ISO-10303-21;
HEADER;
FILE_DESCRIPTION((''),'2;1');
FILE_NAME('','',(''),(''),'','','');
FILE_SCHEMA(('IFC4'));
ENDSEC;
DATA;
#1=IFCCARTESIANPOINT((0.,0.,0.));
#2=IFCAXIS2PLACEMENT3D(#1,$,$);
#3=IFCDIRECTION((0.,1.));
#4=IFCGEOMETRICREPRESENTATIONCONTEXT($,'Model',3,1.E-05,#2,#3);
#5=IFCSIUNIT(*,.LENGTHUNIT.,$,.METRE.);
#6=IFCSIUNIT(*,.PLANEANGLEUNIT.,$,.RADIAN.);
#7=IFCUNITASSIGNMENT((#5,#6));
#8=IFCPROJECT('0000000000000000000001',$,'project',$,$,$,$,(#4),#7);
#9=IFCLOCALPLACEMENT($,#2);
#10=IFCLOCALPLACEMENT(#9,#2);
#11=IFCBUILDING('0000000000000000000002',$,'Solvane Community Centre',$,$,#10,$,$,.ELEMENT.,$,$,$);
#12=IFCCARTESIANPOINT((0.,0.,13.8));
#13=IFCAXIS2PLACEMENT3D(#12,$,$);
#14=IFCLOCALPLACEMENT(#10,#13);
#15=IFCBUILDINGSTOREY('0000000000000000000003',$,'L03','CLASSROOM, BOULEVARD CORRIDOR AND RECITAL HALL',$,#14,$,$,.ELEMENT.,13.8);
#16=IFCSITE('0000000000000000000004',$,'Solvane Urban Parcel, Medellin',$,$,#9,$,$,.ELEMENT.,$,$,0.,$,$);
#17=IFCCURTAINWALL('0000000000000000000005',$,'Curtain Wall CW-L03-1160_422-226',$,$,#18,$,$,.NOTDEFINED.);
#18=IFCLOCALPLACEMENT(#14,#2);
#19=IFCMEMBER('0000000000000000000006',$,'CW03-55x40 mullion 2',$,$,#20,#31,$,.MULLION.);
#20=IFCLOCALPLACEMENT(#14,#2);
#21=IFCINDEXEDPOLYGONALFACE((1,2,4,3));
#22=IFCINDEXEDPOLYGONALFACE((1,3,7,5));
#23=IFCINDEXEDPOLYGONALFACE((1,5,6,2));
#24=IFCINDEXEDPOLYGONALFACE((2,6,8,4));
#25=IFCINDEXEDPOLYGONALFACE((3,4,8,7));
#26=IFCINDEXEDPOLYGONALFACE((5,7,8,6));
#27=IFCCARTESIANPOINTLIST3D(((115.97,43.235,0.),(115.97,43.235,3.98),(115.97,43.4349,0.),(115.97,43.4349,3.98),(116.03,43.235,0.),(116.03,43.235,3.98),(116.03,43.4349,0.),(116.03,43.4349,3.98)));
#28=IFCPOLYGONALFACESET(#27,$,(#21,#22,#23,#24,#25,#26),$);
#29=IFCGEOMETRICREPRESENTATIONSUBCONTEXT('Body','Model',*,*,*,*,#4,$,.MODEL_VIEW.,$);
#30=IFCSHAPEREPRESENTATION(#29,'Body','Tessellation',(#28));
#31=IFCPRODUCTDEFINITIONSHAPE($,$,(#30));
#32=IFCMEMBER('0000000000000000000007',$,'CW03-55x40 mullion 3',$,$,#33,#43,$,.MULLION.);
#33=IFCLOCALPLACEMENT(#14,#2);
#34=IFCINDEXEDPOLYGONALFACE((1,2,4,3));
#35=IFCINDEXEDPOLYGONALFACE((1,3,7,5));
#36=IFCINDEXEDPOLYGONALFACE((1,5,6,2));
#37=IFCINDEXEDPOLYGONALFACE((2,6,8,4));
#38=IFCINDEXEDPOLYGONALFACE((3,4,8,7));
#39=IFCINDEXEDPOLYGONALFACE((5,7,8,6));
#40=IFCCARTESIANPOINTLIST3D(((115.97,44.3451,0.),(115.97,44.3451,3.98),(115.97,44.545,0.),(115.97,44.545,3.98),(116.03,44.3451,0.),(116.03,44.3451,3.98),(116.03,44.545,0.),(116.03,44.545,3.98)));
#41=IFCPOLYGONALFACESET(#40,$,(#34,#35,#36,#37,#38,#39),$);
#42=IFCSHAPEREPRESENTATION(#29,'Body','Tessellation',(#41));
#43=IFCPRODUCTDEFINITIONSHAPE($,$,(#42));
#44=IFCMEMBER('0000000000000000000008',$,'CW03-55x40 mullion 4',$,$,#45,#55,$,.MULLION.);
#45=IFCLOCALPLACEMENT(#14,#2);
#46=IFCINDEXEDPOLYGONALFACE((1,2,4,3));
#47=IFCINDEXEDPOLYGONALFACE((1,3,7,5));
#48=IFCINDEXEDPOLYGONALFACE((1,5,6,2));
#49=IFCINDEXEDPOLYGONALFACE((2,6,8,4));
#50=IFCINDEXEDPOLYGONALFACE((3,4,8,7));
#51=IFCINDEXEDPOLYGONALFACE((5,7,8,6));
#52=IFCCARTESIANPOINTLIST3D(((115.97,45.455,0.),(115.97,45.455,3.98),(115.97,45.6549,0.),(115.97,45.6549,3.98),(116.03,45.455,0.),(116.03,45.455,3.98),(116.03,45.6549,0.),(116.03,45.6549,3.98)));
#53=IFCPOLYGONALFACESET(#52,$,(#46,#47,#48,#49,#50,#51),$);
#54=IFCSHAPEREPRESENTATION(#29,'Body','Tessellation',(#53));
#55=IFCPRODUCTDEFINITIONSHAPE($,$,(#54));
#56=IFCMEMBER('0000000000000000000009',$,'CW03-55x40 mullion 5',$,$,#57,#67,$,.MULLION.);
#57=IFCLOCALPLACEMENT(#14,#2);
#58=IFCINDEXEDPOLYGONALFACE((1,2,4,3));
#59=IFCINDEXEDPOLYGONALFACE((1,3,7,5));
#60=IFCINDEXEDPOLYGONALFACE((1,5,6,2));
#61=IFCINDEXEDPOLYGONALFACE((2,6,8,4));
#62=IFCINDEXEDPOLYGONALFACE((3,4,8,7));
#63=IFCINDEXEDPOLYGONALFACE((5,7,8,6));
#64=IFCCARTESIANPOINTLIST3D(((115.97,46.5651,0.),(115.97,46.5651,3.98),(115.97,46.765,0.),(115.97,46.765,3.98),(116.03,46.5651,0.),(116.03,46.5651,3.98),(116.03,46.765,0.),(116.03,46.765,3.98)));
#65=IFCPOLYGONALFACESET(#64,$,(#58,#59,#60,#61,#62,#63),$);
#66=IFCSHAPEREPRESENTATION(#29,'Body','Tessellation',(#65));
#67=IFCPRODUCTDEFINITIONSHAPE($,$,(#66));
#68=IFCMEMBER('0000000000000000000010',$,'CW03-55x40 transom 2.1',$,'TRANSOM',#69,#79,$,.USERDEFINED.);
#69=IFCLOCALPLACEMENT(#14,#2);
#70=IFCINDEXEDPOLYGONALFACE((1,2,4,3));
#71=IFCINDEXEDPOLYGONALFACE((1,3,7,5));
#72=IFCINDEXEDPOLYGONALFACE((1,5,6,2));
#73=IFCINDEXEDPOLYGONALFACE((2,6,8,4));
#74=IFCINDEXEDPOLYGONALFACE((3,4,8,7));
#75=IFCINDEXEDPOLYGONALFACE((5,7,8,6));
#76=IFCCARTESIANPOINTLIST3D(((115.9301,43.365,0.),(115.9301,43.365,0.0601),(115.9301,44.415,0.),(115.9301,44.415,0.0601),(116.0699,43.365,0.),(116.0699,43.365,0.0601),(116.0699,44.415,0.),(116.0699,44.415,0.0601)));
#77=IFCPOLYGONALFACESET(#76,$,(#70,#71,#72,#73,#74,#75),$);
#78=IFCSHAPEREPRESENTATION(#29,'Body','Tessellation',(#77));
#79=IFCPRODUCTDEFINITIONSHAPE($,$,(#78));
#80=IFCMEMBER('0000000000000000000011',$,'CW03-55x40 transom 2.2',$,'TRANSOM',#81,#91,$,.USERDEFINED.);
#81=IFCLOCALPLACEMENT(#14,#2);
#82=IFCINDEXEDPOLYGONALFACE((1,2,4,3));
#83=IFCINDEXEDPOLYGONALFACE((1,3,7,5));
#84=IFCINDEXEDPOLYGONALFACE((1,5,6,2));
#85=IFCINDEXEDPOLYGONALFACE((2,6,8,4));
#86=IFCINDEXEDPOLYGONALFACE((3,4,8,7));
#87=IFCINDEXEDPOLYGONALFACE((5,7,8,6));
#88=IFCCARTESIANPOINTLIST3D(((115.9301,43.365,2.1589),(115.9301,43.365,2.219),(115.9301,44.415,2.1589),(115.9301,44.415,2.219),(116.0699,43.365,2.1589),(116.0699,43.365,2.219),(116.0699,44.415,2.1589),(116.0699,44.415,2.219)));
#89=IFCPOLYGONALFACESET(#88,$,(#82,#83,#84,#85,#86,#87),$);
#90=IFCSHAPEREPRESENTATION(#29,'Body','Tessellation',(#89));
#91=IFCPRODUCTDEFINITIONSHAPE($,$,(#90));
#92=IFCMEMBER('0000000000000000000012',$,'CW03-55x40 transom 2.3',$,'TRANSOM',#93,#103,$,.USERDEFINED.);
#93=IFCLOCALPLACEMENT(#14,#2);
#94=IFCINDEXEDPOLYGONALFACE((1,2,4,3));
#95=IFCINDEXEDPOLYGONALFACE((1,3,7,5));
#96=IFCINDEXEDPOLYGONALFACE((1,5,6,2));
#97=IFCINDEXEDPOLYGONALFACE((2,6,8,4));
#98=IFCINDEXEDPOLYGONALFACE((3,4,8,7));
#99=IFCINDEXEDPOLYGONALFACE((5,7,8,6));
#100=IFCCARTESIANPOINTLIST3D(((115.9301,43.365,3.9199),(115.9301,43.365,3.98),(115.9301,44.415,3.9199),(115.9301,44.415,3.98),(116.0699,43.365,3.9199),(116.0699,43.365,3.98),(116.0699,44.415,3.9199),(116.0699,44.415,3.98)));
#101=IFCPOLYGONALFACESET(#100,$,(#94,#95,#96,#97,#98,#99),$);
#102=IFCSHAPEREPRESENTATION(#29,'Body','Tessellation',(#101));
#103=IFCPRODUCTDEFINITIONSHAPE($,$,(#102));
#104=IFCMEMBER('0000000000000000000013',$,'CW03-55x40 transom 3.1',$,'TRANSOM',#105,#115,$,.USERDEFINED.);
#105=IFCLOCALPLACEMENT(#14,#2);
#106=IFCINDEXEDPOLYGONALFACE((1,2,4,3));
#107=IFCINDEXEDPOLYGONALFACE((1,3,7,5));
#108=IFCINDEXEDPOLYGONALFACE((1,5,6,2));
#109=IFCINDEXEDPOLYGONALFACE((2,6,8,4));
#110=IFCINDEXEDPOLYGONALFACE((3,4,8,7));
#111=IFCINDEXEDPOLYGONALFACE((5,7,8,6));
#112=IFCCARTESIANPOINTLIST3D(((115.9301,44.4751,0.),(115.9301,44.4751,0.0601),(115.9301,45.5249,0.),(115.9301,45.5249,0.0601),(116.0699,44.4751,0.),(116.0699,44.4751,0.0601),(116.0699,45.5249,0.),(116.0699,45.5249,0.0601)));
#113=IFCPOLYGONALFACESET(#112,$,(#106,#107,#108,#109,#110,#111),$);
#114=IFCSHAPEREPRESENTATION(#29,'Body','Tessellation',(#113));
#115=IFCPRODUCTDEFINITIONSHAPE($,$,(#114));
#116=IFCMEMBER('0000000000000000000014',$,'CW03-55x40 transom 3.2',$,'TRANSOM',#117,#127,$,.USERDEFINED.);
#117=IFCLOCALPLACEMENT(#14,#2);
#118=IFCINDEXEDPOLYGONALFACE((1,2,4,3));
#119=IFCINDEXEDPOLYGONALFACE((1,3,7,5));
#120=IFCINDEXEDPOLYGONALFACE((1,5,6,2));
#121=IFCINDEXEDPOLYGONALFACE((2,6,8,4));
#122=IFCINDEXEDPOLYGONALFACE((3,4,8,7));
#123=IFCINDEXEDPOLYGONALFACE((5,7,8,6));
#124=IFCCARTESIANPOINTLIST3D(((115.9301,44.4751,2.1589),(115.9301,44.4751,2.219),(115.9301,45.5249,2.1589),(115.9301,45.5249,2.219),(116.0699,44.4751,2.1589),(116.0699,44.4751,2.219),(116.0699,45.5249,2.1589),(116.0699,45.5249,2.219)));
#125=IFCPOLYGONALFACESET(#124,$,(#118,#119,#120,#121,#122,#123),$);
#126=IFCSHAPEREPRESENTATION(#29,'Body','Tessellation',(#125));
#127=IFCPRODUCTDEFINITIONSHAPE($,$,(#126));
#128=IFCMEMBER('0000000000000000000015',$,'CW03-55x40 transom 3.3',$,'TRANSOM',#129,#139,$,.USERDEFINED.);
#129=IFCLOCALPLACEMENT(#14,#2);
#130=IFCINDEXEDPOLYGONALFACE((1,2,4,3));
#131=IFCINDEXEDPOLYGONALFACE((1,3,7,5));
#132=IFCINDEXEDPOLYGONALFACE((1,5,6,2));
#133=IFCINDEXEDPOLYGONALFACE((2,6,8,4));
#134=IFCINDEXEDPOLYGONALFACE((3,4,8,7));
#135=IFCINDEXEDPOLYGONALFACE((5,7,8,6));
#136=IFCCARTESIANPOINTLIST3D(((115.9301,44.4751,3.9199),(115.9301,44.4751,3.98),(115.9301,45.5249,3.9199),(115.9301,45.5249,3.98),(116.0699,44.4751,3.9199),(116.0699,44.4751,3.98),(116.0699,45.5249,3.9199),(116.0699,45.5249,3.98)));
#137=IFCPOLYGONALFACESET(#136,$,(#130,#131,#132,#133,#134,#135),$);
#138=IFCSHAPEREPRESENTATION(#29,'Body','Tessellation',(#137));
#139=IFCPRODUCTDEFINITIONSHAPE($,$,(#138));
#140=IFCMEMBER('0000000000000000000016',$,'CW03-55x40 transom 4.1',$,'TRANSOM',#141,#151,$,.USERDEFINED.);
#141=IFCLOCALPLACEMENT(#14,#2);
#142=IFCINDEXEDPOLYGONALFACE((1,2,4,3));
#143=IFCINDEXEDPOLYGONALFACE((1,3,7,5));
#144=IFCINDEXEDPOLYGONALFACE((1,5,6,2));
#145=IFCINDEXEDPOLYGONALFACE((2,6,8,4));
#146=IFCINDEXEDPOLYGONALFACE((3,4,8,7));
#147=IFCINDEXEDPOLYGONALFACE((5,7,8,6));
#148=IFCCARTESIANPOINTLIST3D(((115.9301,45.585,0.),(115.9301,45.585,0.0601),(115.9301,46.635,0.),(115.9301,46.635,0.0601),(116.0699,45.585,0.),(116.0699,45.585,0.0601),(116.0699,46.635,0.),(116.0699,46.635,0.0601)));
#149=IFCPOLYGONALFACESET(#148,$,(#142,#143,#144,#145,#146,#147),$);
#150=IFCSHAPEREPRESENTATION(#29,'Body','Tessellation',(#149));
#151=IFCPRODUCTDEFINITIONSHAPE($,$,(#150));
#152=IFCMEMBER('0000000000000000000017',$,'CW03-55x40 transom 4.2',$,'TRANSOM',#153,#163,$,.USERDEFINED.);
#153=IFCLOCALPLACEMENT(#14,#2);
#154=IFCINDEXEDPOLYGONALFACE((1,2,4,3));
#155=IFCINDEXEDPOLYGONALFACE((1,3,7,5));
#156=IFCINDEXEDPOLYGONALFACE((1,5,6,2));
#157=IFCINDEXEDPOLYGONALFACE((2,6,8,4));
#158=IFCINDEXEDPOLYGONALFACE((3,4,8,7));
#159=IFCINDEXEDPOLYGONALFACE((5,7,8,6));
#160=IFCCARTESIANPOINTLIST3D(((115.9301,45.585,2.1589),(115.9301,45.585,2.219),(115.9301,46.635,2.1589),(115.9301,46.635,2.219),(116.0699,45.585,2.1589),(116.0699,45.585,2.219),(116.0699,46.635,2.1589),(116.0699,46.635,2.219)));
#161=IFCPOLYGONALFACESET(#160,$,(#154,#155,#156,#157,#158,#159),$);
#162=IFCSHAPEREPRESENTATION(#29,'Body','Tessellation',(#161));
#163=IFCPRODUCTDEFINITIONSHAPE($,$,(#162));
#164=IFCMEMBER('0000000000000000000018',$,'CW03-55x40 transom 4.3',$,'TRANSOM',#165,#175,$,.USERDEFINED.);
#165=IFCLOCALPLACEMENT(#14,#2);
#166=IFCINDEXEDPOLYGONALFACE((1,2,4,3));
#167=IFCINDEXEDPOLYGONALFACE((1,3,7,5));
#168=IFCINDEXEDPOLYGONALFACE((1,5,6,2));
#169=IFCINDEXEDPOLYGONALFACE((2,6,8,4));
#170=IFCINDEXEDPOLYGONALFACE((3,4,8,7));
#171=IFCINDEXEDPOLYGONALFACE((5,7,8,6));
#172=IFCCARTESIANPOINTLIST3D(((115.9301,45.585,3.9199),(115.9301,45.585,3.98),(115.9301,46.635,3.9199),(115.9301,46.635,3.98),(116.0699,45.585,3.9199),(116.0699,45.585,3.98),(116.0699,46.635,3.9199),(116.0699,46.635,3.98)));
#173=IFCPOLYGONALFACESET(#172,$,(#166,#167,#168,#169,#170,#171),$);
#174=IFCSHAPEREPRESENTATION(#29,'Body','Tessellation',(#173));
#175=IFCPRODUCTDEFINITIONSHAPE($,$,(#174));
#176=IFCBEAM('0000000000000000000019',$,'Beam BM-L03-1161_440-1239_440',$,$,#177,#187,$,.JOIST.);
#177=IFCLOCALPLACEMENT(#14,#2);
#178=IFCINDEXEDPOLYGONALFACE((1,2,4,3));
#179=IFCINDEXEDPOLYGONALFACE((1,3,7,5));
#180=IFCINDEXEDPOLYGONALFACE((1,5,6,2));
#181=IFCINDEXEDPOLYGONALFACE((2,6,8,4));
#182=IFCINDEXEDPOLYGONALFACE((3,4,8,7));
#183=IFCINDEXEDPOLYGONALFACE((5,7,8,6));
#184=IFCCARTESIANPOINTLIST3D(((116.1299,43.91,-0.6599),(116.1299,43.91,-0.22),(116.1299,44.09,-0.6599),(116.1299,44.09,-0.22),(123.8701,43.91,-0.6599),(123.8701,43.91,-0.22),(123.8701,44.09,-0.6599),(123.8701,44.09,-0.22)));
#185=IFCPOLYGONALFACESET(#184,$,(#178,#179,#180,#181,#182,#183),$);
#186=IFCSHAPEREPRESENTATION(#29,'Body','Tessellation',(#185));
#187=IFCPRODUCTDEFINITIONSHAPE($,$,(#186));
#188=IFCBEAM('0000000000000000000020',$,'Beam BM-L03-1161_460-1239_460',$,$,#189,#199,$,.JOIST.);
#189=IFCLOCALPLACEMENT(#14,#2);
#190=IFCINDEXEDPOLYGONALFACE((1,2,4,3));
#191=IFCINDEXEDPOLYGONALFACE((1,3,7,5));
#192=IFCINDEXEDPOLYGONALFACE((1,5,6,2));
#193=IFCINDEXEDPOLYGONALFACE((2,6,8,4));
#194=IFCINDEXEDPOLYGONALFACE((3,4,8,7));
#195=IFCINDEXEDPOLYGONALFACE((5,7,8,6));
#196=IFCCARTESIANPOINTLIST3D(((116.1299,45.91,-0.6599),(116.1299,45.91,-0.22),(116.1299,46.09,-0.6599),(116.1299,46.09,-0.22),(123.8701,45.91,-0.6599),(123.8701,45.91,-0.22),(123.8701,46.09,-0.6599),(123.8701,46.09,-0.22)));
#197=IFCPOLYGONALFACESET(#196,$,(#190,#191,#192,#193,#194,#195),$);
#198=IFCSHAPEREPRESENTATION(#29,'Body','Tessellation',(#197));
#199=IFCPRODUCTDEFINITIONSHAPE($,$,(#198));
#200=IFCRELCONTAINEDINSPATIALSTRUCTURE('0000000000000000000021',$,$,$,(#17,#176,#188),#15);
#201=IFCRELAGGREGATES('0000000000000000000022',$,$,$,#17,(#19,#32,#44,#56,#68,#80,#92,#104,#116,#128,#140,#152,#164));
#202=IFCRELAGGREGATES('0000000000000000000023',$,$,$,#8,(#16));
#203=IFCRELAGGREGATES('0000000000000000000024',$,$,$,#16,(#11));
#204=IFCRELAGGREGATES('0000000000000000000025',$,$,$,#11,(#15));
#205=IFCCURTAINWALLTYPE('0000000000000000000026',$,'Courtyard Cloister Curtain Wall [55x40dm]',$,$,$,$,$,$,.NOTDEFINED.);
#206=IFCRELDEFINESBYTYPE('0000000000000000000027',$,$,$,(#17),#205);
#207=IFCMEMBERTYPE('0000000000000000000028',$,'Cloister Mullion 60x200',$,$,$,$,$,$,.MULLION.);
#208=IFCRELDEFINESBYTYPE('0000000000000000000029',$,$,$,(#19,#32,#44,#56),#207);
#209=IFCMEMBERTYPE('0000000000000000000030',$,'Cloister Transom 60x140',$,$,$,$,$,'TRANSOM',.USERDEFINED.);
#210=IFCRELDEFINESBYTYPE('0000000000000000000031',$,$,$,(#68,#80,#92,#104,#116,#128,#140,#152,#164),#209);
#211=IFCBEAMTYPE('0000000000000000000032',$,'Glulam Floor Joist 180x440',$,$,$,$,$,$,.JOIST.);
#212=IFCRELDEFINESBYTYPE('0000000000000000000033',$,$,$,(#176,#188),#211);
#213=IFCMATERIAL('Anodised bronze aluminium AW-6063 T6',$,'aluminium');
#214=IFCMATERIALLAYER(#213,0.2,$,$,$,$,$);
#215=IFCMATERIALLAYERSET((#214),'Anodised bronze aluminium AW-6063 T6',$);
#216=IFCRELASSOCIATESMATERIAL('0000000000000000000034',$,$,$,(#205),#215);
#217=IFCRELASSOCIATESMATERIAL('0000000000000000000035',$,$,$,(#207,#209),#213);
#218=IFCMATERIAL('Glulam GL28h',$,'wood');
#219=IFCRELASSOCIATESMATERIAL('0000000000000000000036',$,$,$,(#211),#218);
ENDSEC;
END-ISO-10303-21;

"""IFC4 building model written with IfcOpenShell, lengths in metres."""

from ifc_helpers import new_model, si_unit, direction, frame, origin, origin_2d, place, context, subcontext, project, spatial, rectangle, extrude, material, layer, layer_set, material_profile, profile_set, type_object, element, aggregate, save


model = new_model("IFC4")

# Units and contexts
model_context = context("Model", 3, precision=1e-05, world=origin(), true_north=direction((0.0, 1.0)))
body_context = subcontext(model_context, "Body", "Model", "MODEL_VIEW")
ifc_project = project(units=[si_unit("LENGTHUNIT", "METRE"), si_unit("PLANEANGLEUNIT", "RADIAN")], contexts=[model_context])

# Site, building, storey
site_placement = place(None, origin())
site = spatial("IfcSite", under=ifc_project, at=site_placement, Name="Solvane Urban Parcel, Medellin", CompositionType="ELEMENT", RefElevation=0.0)
building_placement = place(site_placement, origin())
building = spatial("IfcBuilding", under=site, at=building_placement, Name="Solvane Community Centre", CompositionType="ELEMENT")
storey_placement = place(building_placement, frame((0.0, 0.0, 13.8)))
storey = spatial("IfcBuildingStorey", under=building, at=storey_placement, Name="L03", Description="CLASSROOM, BOULEVARD CORRIDOR AND RECITAL HALL", CompositionType="ELEMENT", Elevation=13.8)

# Curtain wall, members
ifc_material_1 = material(Name="Anodised bronze aluminium AW-6063 T6", Category="aluminium")
ifc_layer_1 = layer(ifc_material_1, 0.2)
ifc_layer_set_1 = layer_set([ifc_layer_1], Name="Anodised bronze aluminium AW-6063 T6")
curtain_wall_type = type_object("IfcCurtainWallType", Name="Courtyard Cloister Curtain Wall [55x40dm]", PredefinedType="NOTDEFINED", material=ifc_layer_set_1)
curtain_wall_placement = place(storey_placement, origin())
curtain_wall = element("IfcCurtainWall", 1, at=curtain_wall_placement, inside=storey, type_object=curtain_wall_type, Name="Curtain Wall CW-L03-1160_422-226", PredefinedType="NOTDEFINED")
ifc_material_profile_1 = material_profile(ifc_material_1, rectangle(XDim=0.0601, YDim=0.2, at=origin_2d()), Name="CW-M 60x200")
ifc_profile_set_1 = profile_set([ifc_material_profile_1], Name="Anodised bronze aluminium AW-6063 T6")
member_type_1 = type_object("IfcMemberType", Name="Cloister Mullion 60x200", PredefinedType="MULLION", material=ifc_profile_set_1)
member_1_placement = place(storey_placement, frame((116.0, 43.335, 0.0), z_axis=(0.0, 0.0, 1.0), x_axis=(-1.0, 0.0, 0.0)))
member_1 = element("IfcMember", 2, at=member_1_placement, type_object=member_type_1, Name="CW03-55x40 mullion 2", PredefinedType="MULLION", context=body_context, shape_type="SweptSolid", body=[
    extrude(rectangle(XDim=0.0601, YDim=0.2, at=origin_2d()), origin(), (0.0, 0.0, 1.0), 3.98),
])
member_2_placement = place(storey_placement, frame((116.0, 44.4451, 0.0), z_axis=(0.0, 0.0, 1.0), x_axis=(-1.0, 0.0, 0.0)))
member_2 = element("IfcMember", 3, at=member_2_placement, type_object=member_type_1, Name="CW03-55x40 mullion 3", PredefinedType="MULLION", context=body_context, shape_type="SweptSolid", body=[
    extrude(rectangle(XDim=0.0601, YDim=0.2, at=origin_2d()), origin(), (0.0, 0.0, 1.0), 3.98),
])
member_3_placement = place(storey_placement, frame((116.0, 45.5549, 0.0), z_axis=(0.0, 0.0, 1.0), x_axis=(-1.0, 0.0, 0.0)))
member_3 = element("IfcMember", 4, at=member_3_placement, type_object=member_type_1, Name="CW03-55x40 mullion 4", PredefinedType="MULLION", context=body_context, shape_type="SweptSolid", body=[
    extrude(rectangle(XDim=0.0601, YDim=0.2, at=origin_2d()), origin(), (0.0, 0.0, 1.0), 3.98),
])
member_4_placement = place(storey_placement, frame((116.0, 46.665, 0.0), z_axis=(0.0, 0.0, 1.0), x_axis=(-1.0, 0.0, 0.0)))
member_4 = element("IfcMember", 5, at=member_4_placement, type_object=member_type_1, Name="CW03-55x40 mullion 5", PredefinedType="MULLION", context=body_context, shape_type="SweptSolid", body=[
    extrude(rectangle(XDim=0.0601, YDim=0.2, at=origin_2d()), origin(), (0.0, 0.0, 1.0), 3.98),
])
ifc_material_profile_2 = material_profile(ifc_material_1, rectangle(XDim=0.1399, YDim=0.0601, at=origin_2d()), Name="CW-T 60x140")
ifc_profile_set_2 = profile_set([ifc_material_profile_2], Name="Anodised bronze aluminium AW-6063 T6")
member_type_2 = type_object("IfcMemberType", Name="Cloister Transom 60x140", ElementType="TRANSOM", PredefinedType="USERDEFINED", material=ifc_profile_set_2)
member_5_placement = place(storey_placement, frame((116.0, 43.365, 0.03), z_axis=(0.0, 1.0, 0.0), x_axis=(-1.0, 0.0, 0.0)))
member_5 = element("IfcMember", 6, at=member_5_placement, type_object=member_type_2, Name="CW03-55x40 transom 2.1", ObjectType="TRANSOM", PredefinedType="USERDEFINED", context=body_context, shape_type="SweptSolid", body=[
    extrude(rectangle(XDim=0.1399, YDim=0.0601, at=origin_2d()), origin(), (0.0, 0.0, 1.0), 1.05),
])
member_6_placement = place(storey_placement, frame((116.0, 43.365, 2.189), z_axis=(0.0, 1.0, 0.0), x_axis=(-1.0, 0.0, 0.0)))
member_6 = element("IfcMember", 7, at=member_6_placement, type_object=member_type_2, Name="CW03-55x40 transom 2.2", ObjectType="TRANSOM", PredefinedType="USERDEFINED", context=body_context, shape_type="SweptSolid", body=[
    extrude(rectangle(XDim=0.1399, YDim=0.0601, at=origin_2d()), origin(), (0.0, 0.0, 1.0), 1.05),
])
member_7_placement = place(storey_placement, frame((116.0, 43.365, 3.95), z_axis=(0.0, 1.0, 0.0), x_axis=(-1.0, 0.0, 0.0)))
member_7 = element("IfcMember", 8, at=member_7_placement, type_object=member_type_2, Name="CW03-55x40 transom 2.3", ObjectType="TRANSOM", PredefinedType="USERDEFINED", context=body_context, shape_type="SweptSolid", body=[
    extrude(rectangle(XDim=0.1399, YDim=0.0601, at=origin_2d()), origin(), (0.0, 0.0, 1.0), 1.05),
])
member_8_placement = place(storey_placement, frame((116.0, 44.4751, 0.03), z_axis=(0.0, 1.0, 0.0), x_axis=(-1.0, 0.0, 0.0)))
member_8 = element("IfcMember", 9, at=member_8_placement, type_object=member_type_2, Name="CW03-55x40 transom 3.1", ObjectType="TRANSOM", PredefinedType="USERDEFINED", context=body_context, shape_type="SweptSolid", body=[
    extrude(rectangle(XDim=0.1399, YDim=0.0601, at=origin_2d()), origin(), (0.0, 0.0, 1.0), 1.0498),
])
member_9_placement = place(storey_placement, frame((116.0, 44.4751, 2.189), z_axis=(0.0, 1.0, 0.0), x_axis=(-1.0, 0.0, 0.0)))
member_9 = element("IfcMember", 10, at=member_9_placement, type_object=member_type_2, Name="CW03-55x40 transom 3.2", ObjectType="TRANSOM", PredefinedType="USERDEFINED", context=body_context, shape_type="SweptSolid", body=[
    extrude(rectangle(XDim=0.1399, YDim=0.0601, at=origin_2d()), origin(), (0.0, 0.0, 1.0), 1.0498),
])
member_10_placement = place(storey_placement, frame((116.0, 44.4751, 3.95), z_axis=(0.0, 1.0, 0.0), x_axis=(-1.0, 0.0, 0.0)))
member_10 = element("IfcMember", 11, at=member_10_placement, type_object=member_type_2, Name="CW03-55x40 transom 3.3", ObjectType="TRANSOM", PredefinedType="USERDEFINED", context=body_context, shape_type="SweptSolid", body=[
    extrude(rectangle(XDim=0.1399, YDim=0.0601, at=origin_2d()), origin(), (0.0, 0.0, 1.0), 1.0498),
])
member_11_placement = place(storey_placement, frame((116.0, 45.585, 0.03), z_axis=(0.0, 1.0, 0.0), x_axis=(-1.0, 0.0, 0.0)))
member_11 = element("IfcMember", 12, at=member_11_placement, type_object=member_type_2, Name="CW03-55x40 transom 4.1", ObjectType="TRANSOM", PredefinedType="USERDEFINED", context=body_context, shape_type="SweptSolid", body=[
    extrude(rectangle(XDim=0.1399, YDim=0.0601, at=origin_2d()), origin(), (0.0, 0.0, 1.0), 1.05),
])
member_12_placement = place(storey_placement, frame((116.0, 45.585, 2.189), z_axis=(0.0, 1.0, 0.0), x_axis=(-1.0, 0.0, 0.0)))
member_12 = element("IfcMember", 13, at=member_12_placement, type_object=member_type_2, Name="CW03-55x40 transom 4.2", ObjectType="TRANSOM", PredefinedType="USERDEFINED", context=body_context, shape_type="SweptSolid", body=[
    extrude(rectangle(XDim=0.1399, YDim=0.0601, at=origin_2d()), origin(), (0.0, 0.0, 1.0), 1.05),
])
member_13_placement = place(storey_placement, frame((116.0, 45.585, 3.95), z_axis=(0.0, 1.0, 0.0), x_axis=(-1.0, 0.0, 0.0)))
member_13 = element("IfcMember", 14, at=member_13_placement, type_object=member_type_2, Name="CW03-55x40 transom 4.3", ObjectType="TRANSOM", PredefinedType="USERDEFINED", context=body_context, shape_type="SweptSolid", body=[
    extrude(rectangle(XDim=0.1399, YDim=0.0601, at=origin_2d()), origin(), (0.0, 0.0, 1.0), 1.05),
])

# Beams
ifc_material_2 = material(Name="Glulam GL28h", Category="wood")
ifc_material_profile_3 = material_profile(ifc_material_2, rectangle(XDim=0.1799, YDim=0.4399, at=origin_2d()), Name="GL28h 180x440")
ifc_profile_set_3 = profile_set([ifc_material_profile_3], Name="Glulam GL28h")
beam_type = type_object("IfcBeamType", Name="Glulam Floor Joist 180x440", PredefinedType="JOIST", material=ifc_profile_set_3)
for number, where, z_axis, x_axis, name in (
    (15, (116.1299, 44.0, -0.4399), (1.0, 0.0, 0.0), (0.0, 1.0, 0.0), "Beam BM-L03-1161_440-1239_440"),
    (16, (116.1299, 46.0, -0.4399), (1.0, 0.0, 0.0), (0.0, 1.0, 0.0), "Beam BM-L03-1161_460-1239_460"),
):
    element("IfcBeam", number, at=place(storey_placement, frame(where, z_axis=z_axis, x_axis=x_axis)), inside=storey, type_object=beam_type, Name=name, PredefinedType="JOIST", context=body_context, shape_type="SweptSolid", body=[
        extrude(rectangle(XDim=0.1799, YDim=0.4399, at=origin_2d()), origin(), (0.0, 0.0, 1.0), 7.7402),
    ])

aggregate(curtain_wall, [member_1, member_2, member_3, member_4, member_5, member_6, member_7, member_8, member_9, member_10, member_11, member_12, member_13])

save(model, "model.ifc")
